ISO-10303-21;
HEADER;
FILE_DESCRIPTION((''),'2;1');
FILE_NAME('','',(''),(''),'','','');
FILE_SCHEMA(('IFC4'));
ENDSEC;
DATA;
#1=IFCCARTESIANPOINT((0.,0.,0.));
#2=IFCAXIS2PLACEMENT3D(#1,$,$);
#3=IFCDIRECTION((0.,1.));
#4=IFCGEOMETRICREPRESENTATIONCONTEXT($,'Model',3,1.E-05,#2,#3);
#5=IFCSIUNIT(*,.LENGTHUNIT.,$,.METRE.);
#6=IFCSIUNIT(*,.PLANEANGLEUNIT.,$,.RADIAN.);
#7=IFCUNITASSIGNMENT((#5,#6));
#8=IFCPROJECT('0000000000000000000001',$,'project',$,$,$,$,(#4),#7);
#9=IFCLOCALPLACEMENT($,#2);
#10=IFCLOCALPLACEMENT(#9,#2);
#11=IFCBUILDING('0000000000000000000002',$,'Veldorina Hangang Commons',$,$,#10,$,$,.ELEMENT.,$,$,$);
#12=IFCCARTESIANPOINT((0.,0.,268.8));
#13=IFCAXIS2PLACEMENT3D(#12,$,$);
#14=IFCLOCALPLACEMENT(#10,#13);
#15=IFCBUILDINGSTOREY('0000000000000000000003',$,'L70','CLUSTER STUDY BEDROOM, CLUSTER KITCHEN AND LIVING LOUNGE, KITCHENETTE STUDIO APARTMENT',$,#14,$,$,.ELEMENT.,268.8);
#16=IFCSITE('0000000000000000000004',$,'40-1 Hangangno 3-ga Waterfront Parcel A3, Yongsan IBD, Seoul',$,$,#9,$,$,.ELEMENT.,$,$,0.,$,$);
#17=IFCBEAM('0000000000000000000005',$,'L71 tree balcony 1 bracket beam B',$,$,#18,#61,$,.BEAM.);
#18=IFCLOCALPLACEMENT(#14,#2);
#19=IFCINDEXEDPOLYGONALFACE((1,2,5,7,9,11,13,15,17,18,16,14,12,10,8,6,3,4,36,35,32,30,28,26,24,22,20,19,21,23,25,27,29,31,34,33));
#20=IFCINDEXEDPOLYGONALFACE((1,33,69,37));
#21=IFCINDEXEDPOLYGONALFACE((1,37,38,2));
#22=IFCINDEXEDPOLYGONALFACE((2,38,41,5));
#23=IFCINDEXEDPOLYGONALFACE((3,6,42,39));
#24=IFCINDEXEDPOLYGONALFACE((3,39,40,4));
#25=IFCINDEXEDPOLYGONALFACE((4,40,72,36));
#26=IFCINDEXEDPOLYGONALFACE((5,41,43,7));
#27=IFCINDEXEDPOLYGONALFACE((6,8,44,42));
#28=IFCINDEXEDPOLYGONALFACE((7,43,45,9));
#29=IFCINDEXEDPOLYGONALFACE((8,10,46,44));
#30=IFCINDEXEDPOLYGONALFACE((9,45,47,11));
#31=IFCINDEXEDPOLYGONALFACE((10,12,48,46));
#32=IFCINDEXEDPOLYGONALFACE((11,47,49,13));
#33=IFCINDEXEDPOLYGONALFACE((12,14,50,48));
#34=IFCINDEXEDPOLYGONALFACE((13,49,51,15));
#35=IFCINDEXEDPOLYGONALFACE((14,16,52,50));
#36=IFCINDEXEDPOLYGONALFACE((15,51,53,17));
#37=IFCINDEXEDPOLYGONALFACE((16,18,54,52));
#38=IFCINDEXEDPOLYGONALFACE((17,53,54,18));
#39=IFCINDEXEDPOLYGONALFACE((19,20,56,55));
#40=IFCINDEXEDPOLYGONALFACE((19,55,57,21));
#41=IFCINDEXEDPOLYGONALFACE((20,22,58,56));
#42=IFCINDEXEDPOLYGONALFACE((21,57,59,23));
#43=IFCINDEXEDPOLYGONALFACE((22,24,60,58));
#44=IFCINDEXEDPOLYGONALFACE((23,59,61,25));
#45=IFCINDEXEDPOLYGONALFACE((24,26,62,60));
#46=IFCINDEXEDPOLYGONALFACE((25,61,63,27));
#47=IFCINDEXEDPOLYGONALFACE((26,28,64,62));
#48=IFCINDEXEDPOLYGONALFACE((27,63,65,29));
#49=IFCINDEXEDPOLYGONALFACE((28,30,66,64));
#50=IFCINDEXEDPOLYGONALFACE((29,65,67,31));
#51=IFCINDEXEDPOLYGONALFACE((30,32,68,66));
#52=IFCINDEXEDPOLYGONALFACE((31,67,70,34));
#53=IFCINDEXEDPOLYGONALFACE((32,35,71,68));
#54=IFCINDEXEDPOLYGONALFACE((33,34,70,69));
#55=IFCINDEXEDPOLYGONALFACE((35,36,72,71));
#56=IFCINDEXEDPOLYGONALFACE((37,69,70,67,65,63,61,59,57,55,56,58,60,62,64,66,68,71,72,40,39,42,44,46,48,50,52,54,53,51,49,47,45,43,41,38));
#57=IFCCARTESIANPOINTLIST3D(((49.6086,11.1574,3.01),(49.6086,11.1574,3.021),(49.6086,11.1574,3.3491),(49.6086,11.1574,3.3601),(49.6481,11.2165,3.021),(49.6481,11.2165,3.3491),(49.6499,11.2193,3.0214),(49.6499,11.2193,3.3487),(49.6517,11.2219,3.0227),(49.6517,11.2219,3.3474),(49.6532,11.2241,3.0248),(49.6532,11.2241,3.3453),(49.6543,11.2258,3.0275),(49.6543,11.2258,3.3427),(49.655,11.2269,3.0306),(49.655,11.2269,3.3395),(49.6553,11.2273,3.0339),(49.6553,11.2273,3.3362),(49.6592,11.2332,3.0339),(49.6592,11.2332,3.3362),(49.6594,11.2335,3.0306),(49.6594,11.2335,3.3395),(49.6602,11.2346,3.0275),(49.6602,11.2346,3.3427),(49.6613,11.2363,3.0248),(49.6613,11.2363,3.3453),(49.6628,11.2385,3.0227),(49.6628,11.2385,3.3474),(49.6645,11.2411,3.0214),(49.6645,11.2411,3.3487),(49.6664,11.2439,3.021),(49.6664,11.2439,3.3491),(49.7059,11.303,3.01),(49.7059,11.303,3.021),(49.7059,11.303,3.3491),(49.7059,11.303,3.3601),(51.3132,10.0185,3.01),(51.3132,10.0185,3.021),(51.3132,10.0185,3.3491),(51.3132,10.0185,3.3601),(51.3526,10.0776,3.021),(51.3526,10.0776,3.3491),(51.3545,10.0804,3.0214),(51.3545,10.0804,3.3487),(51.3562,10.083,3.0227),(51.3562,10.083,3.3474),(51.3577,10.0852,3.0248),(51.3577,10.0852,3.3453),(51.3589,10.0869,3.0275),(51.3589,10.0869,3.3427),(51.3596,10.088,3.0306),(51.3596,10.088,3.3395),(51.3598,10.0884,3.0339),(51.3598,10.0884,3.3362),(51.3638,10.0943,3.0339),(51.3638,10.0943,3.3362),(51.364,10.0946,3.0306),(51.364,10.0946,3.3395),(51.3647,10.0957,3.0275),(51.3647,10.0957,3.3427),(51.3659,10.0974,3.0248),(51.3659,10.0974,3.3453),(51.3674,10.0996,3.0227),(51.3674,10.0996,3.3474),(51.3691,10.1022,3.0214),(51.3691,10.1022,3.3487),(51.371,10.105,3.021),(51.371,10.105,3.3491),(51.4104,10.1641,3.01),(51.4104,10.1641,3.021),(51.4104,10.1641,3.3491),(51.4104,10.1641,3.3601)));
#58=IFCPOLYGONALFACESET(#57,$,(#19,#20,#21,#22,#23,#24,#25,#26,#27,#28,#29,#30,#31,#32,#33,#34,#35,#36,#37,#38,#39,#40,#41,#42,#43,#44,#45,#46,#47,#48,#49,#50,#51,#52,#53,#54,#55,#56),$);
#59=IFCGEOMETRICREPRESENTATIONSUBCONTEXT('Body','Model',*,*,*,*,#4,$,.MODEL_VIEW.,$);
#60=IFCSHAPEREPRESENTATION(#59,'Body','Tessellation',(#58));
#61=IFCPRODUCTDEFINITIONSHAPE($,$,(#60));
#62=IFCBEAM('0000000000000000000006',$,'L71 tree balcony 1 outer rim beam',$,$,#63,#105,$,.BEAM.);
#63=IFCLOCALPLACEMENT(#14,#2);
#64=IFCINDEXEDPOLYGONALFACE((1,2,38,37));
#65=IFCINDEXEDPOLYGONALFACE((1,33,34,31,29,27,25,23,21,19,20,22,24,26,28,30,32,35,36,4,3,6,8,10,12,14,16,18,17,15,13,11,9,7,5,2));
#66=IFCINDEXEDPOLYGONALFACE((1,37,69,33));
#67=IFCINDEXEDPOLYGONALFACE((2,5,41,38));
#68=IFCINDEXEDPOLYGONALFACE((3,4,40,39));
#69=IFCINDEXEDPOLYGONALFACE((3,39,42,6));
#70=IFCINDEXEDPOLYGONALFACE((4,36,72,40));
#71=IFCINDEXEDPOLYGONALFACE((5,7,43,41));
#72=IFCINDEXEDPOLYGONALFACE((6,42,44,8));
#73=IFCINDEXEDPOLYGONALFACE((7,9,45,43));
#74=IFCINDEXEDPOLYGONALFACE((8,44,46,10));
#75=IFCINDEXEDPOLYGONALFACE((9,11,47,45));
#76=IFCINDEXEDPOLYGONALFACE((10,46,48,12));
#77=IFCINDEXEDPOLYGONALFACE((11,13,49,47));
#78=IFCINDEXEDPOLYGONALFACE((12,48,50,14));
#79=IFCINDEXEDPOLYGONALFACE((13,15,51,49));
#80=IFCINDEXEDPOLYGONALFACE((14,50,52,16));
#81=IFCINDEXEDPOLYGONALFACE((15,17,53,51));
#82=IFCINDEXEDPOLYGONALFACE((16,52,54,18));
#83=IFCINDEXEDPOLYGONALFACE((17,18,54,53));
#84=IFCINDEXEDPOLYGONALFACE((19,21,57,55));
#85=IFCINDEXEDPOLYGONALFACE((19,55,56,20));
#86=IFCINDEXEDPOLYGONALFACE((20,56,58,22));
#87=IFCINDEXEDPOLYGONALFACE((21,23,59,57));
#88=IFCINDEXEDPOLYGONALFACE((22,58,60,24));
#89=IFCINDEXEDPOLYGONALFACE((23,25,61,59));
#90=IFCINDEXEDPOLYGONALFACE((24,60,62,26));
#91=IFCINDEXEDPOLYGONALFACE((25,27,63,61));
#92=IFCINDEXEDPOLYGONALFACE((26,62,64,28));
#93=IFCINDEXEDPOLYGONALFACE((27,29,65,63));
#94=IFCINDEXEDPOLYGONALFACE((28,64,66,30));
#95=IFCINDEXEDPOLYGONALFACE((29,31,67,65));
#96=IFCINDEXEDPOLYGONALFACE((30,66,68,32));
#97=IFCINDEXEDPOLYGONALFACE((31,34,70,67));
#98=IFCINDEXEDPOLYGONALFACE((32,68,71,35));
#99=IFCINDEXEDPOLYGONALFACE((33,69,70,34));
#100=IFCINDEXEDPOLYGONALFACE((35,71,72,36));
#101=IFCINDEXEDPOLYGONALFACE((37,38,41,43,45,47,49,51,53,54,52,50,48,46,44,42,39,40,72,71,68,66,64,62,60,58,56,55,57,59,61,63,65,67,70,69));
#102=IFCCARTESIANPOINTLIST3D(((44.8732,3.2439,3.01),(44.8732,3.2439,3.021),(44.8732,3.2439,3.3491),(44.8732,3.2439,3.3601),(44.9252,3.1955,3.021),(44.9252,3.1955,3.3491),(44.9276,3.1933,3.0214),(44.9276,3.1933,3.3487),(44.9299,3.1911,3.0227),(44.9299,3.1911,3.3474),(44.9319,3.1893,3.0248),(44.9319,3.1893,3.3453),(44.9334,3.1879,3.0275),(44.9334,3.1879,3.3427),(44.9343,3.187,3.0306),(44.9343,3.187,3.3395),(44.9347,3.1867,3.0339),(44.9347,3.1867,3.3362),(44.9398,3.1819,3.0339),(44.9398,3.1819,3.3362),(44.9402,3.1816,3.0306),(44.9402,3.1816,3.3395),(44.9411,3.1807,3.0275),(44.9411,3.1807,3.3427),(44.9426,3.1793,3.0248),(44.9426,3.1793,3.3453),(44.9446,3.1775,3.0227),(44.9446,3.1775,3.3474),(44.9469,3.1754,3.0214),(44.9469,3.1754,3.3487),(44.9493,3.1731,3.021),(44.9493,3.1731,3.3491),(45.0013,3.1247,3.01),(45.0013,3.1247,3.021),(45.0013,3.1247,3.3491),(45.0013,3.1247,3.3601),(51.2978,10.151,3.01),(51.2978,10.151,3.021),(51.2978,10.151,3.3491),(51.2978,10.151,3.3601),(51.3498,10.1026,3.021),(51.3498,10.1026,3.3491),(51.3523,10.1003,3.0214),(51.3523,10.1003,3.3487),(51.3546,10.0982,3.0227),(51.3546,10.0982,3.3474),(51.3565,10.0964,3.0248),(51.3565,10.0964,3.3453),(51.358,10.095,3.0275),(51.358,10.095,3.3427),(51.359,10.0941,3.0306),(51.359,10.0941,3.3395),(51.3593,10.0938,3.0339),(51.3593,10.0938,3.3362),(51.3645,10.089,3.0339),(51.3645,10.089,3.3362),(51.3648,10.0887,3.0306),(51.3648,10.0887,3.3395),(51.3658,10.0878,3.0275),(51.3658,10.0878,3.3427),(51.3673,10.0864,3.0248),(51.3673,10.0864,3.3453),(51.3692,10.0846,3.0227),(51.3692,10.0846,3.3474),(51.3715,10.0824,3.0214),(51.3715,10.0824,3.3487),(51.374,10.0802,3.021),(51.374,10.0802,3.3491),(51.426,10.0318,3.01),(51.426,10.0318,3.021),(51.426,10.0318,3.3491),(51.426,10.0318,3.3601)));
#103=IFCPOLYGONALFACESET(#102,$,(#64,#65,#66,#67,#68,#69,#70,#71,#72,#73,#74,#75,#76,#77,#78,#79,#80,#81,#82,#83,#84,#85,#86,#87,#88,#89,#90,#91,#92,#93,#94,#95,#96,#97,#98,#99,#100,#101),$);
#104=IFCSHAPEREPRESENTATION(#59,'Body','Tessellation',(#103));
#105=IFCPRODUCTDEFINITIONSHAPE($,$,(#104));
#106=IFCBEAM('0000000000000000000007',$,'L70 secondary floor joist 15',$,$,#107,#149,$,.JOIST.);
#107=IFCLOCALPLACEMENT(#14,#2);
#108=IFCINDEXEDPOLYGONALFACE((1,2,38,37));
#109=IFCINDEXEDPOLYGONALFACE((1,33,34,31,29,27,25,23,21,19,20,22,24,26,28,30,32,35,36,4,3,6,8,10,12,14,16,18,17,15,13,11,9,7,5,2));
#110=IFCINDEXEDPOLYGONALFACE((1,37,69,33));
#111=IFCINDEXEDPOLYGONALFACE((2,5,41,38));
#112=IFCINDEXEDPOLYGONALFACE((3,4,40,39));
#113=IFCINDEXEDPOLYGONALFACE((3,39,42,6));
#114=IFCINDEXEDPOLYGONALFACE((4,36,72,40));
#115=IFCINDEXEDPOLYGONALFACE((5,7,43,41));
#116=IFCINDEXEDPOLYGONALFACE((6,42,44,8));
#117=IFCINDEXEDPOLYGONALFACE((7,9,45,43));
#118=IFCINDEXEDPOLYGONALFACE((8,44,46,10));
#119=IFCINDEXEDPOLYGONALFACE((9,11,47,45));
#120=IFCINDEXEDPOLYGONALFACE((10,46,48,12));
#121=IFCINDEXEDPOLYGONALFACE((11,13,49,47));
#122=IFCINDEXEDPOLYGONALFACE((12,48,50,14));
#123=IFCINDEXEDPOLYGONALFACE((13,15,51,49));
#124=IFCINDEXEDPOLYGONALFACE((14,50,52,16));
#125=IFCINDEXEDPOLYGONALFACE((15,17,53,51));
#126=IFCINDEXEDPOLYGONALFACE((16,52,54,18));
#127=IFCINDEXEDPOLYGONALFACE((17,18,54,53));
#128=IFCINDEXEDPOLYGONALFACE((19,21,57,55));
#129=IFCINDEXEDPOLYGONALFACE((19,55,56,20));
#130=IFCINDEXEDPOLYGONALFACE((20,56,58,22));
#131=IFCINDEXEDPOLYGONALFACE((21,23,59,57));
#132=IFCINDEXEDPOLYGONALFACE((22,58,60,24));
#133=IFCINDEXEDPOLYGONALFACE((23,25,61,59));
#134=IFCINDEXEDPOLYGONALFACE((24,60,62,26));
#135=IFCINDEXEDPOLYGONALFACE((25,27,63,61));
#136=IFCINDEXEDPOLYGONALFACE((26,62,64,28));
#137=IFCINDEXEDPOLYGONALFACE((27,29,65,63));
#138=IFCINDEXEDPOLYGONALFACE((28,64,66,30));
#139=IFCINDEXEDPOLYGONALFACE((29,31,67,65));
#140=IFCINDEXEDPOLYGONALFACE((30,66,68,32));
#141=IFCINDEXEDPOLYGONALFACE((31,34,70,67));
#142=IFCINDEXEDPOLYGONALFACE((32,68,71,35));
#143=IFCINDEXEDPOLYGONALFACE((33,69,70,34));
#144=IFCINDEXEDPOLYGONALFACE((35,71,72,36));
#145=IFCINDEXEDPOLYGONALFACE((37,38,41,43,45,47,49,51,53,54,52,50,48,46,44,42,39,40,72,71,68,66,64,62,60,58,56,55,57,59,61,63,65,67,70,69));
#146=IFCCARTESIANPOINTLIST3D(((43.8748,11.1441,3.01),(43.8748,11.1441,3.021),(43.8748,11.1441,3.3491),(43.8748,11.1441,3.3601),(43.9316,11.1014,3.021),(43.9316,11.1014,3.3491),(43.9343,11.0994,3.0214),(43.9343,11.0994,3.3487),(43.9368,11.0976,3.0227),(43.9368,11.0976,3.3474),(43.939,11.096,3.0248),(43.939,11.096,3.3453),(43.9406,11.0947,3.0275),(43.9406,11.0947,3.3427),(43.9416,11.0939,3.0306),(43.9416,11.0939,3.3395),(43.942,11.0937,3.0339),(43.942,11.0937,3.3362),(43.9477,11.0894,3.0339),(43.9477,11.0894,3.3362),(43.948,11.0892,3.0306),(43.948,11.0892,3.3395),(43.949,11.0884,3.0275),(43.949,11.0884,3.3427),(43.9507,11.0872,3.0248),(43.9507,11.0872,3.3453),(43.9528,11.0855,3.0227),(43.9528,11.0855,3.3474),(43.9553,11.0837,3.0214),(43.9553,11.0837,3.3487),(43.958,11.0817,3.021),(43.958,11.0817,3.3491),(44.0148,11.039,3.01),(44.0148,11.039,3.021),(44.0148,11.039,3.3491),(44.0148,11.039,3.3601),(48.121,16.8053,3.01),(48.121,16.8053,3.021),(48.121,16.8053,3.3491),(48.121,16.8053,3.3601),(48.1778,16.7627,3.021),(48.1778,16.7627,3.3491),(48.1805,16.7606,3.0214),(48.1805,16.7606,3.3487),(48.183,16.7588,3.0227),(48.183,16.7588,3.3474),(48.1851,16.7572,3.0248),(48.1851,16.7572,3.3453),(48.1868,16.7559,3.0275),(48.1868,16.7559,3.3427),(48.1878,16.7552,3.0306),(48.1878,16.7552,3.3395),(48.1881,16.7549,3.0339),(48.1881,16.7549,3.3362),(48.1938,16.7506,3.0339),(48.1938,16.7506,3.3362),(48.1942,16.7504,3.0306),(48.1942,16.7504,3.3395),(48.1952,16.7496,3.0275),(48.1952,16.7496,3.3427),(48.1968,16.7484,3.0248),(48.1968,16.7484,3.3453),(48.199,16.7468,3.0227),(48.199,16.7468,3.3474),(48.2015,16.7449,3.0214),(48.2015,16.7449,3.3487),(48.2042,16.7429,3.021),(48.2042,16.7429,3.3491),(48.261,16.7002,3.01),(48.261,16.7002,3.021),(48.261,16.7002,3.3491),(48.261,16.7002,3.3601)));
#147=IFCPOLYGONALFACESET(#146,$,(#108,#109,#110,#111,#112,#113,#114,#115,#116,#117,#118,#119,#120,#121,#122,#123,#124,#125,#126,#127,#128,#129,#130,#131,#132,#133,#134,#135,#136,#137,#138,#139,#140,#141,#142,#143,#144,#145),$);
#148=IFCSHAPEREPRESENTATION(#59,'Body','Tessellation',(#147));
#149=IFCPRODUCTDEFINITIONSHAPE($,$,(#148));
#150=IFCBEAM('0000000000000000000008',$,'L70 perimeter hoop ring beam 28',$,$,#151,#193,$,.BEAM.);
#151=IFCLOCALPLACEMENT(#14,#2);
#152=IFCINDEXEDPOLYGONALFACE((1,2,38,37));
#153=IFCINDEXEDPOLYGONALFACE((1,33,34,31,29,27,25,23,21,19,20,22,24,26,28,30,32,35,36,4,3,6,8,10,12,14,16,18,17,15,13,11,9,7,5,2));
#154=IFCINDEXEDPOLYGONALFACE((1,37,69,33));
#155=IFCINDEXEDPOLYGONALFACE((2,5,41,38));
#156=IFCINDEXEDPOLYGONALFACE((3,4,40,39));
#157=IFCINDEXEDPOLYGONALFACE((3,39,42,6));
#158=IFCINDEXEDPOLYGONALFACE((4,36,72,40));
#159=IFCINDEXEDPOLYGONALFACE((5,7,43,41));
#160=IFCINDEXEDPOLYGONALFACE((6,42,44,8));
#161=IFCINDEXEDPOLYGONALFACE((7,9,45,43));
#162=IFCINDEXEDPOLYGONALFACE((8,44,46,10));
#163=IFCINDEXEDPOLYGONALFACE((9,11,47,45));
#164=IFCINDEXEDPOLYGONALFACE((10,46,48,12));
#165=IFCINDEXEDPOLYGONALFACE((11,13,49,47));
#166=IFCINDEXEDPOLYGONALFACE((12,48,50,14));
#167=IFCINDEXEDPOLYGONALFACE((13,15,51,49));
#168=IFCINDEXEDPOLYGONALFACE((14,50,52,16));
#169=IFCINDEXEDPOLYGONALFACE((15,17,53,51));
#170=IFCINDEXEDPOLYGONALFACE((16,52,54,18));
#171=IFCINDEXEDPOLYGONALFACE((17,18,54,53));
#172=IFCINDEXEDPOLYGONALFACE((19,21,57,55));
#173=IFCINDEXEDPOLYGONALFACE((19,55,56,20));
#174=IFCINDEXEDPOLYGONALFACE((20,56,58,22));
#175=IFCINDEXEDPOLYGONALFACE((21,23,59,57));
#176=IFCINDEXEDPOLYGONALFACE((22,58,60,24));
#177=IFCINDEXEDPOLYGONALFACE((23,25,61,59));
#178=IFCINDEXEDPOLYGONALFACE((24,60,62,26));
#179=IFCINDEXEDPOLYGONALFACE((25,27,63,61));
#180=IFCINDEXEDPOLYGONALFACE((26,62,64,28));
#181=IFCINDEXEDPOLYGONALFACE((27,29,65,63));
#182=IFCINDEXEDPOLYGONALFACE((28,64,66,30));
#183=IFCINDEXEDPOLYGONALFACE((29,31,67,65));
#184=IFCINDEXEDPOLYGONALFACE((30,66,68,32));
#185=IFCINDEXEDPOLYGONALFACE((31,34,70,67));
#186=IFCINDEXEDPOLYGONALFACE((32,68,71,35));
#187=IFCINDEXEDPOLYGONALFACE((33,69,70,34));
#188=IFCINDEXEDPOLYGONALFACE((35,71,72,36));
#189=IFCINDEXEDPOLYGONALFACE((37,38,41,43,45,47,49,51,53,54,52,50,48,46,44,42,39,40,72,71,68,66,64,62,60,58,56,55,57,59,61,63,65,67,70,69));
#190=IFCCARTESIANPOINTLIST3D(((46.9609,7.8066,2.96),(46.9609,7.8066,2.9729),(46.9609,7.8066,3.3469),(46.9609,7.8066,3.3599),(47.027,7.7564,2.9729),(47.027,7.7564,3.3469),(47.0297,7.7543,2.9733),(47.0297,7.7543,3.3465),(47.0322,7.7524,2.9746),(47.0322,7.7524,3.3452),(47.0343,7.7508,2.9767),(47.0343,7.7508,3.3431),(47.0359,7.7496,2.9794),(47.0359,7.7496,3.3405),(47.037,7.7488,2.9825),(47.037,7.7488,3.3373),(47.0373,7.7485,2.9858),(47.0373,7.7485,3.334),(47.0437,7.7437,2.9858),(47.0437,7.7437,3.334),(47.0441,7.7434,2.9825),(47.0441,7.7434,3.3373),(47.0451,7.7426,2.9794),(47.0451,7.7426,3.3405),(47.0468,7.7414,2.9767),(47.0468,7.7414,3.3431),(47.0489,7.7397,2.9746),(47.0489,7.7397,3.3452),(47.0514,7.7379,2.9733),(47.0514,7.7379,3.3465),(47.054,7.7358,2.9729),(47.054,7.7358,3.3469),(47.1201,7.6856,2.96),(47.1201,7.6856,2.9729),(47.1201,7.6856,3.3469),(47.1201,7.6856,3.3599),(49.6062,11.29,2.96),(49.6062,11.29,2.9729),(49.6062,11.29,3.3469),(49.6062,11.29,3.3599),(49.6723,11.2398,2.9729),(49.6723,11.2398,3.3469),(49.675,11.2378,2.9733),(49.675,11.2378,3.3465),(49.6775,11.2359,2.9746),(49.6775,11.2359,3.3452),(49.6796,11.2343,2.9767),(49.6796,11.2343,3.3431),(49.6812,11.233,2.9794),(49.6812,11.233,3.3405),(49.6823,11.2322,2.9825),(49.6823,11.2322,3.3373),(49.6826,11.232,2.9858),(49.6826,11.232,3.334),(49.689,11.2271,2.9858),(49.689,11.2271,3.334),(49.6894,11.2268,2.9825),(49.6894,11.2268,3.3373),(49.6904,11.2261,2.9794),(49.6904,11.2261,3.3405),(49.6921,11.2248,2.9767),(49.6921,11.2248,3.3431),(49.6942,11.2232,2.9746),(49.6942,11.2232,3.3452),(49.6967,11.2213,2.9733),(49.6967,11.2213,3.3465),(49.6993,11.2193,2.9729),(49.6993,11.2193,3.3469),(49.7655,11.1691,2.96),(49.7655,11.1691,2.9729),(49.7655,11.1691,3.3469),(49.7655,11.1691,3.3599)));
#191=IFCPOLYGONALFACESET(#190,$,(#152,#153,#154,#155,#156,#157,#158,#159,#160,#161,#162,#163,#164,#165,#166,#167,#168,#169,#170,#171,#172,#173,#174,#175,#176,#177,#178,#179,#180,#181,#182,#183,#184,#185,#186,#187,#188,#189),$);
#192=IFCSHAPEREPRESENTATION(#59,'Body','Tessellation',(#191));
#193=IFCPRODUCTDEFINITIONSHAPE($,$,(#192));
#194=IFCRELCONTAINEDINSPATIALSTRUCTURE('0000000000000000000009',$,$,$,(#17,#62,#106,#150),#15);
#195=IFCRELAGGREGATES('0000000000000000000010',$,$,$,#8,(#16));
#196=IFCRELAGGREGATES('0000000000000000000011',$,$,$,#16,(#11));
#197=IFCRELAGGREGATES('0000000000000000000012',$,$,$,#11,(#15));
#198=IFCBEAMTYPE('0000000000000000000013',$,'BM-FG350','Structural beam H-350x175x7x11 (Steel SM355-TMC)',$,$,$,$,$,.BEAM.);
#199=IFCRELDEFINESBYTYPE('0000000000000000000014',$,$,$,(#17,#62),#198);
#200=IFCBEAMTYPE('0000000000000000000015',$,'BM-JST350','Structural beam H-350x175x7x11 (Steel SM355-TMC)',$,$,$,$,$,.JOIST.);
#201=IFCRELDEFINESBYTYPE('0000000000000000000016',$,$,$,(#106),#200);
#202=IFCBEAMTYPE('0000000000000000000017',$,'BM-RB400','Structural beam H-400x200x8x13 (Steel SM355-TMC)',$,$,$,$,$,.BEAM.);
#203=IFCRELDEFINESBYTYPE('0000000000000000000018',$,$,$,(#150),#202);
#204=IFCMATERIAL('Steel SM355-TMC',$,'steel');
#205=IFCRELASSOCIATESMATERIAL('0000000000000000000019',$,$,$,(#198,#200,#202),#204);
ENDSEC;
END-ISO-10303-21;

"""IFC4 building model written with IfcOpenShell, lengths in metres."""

from ifc_helpers import new_model, si_unit, direction, frame, origin, origin_2d, place, context, subcontext, project, spatial, i_section, extrude, material, material_profile, profile_set, type_object, element, save


model = new_model("IFC4")

# Units and contexts
model_context = context("Model", 3, precision=1e-05, world=origin(), true_north=direction((0.0, 1.0)))
body_context = subcontext(model_context, "Body", "Model", "MODEL_VIEW")
ifc_project = project(units=[si_unit("LENGTHUNIT", "METRE"), si_unit("PLANEANGLEUNIT", "RADIAN")], contexts=[model_context])

# Site, building, storey
site_placement = place(None, origin())
site = spatial("IfcSite", under=ifc_project, at=site_placement, Name="40-1 Hangangno 3-ga Waterfront Parcel A3, Yongsan IBD, Seoul", CompositionType="ELEMENT", RefElevation=0.0)
building_placement = place(site_placement, origin())
building = spatial("IfcBuilding", under=site, at=building_placement, Name="Veldorina Hangang Commons", CompositionType="ELEMENT")
storey_placement = place(building_placement, frame((0.0, 0.0, 268.8)))
storey = spatial("IfcBuildingStorey", under=building, at=storey_placement, Name="L70", Description="CLUSTER STUDY BEDROOM, CLUSTER KITCHEN AND LIVING LOUNGE, KITCHENETTE STUDIO APARTMENT", CompositionType="ELEMENT", Elevation=268.8)

# Beams
ifc_material_1 = material(Name="Steel SM355-TMC", Category="steel")
ifc_material_profile_1 = material_profile(ifc_material_1, i_section(OverallWidth=0.175, OverallDepth=0.3501, WebThickness=0.0071, FlangeThickness=0.011, FilletRadius=0.0129, at=origin_2d()), Name="H-350x175x7x11")
ifc_profile_set_1 = profile_set([ifc_material_profile_1], Name="Steel SM355-TMC")
beam_type_1 = type_object("IfcBeamType", Name="BM-FG350", Description="Structural beam H-350x175x7x11 (Steel SM355-TMC)", PredefinedType="BEAM", material=ifc_profile_set_1)
beam_1_placement = place(storey_placement, frame((49.6572, 11.2302, 3.1851), z_axis=(0.831482, -0.555552, 0.0), x_axis=(0.555552, 0.831482, 0.0)))
element("IfcBeam", 1, at=beam_1_placement, inside=storey, type_object=beam_type_1, Name="L71 tree balcony 1 bracket beam B", PredefinedType="BEAM", context=body_context, shape_type="SweptSolid", body=[
    extrude(i_section(OverallWidth=0.175, OverallDepth=0.3501, WebThickness=0.0071, FlangeThickness=0.011, FilletRadius=0.0129, at=origin_2d()), origin(), (0.0, 0.0, 1.0), 2.05),
])
beam_2_placement = place(storey_placement, frame((44.9373, 3.1843, 3.1851), z_axis=(0.681073, 0.732215, 0.0), x_axis=(-0.732215, 0.681073, 0.0)))
element("IfcBeam", 2, at=beam_2_placement, inside=storey, type_object=beam_type_1, Name="L71 tree balcony 1 outer rim beam", PredefinedType="BEAM", context=body_context, shape_type="SweptSolid", body=[
    extrude(i_section(OverallWidth=0.175, OverallDepth=0.3501, WebThickness=0.0071, FlangeThickness=0.011, FilletRadius=0.0129, at=origin_2d()), origin(), (0.0, 0.0, 1.0), 9.4331),
])
ifc_material_profile_2 = material_profile(ifc_material_1, i_section(OverallWidth=0.175, OverallDepth=0.3501, WebThickness=0.0071, FlangeThickness=0.011, FilletRadius=0.0129, at=origin_2d()), Name="H-350x175x7x11")
ifc_profile_set_2 = profile_set([ifc_material_profile_2], Name="Steel SM355-TMC")
beam_type_2 = type_object("IfcBeamType", Name="BM-JST350", Description="Structural beam H-350x175x7x11 (Steel SM355-TMC)", PredefinedType="JOIST", material=ifc_profile_set_2)
beam_3_placement = place(storey_placement, frame((43.9448, 11.0916, 3.1851), z_axis=(0.600022, 0.799983, 0.0), x_axis=(-0.799983, 0.600022, 0.0)))
element("IfcBeam", 3, at=beam_3_placement, inside=storey, type_object=beam_type_2, Name="L70 secondary floor joist 15", PredefinedType="JOIST", context=body_context, shape_type="SweptSolid", body=[
    extrude(i_section(OverallWidth=0.175, OverallDepth=0.3501, WebThickness=0.0071, FlangeThickness=0.011, FilletRadius=0.0129, at=origin_2d()), origin(), (0.0, 0.0, 1.0), 7.0767),
])
ifc_material_profile_3 = material_profile(ifc_material_1, i_section(OverallWidth=0.2, OverallDepth=0.3999, WebThickness=0.0081, FlangeThickness=0.0129, FilletRadius=0.0129, at=origin_2d()), Name="H-400x200x8x13")
ifc_profile_set_3 = profile_set([ifc_material_profile_3], Name="Steel SM355-TMC")
beam_type_3 = type_object("IfcBeamType", Name="BM-RB400", Description="Structural beam H-400x200x8x13 (Steel SM355-TMC)", PredefinedType="BEAM", material=ifc_profile_set_3)
beam_4_placement = place(storey_placement, frame((47.0405, 7.7461, 3.1599), z_axis=(0.604776, 0.796396, 0.0), x_axis=(-0.796396, 0.604776, 0.0)))
element("IfcBeam", 4, at=beam_4_placement, inside=storey, type_object=beam_type_3, Name="L70 perimeter hoop ring beam 28", PredefinedType="BEAM", context=body_context, shape_type="SweptSolid", body=[
    extrude(i_section(OverallWidth=0.2, OverallDepth=0.3999, WebThickness=0.0081, FlangeThickness=0.0129, FilletRadius=0.0129, at=origin_2d()), origin(), (0.0, 0.0, 1.0), 4.374),
])

save(model, "model.ifc")
